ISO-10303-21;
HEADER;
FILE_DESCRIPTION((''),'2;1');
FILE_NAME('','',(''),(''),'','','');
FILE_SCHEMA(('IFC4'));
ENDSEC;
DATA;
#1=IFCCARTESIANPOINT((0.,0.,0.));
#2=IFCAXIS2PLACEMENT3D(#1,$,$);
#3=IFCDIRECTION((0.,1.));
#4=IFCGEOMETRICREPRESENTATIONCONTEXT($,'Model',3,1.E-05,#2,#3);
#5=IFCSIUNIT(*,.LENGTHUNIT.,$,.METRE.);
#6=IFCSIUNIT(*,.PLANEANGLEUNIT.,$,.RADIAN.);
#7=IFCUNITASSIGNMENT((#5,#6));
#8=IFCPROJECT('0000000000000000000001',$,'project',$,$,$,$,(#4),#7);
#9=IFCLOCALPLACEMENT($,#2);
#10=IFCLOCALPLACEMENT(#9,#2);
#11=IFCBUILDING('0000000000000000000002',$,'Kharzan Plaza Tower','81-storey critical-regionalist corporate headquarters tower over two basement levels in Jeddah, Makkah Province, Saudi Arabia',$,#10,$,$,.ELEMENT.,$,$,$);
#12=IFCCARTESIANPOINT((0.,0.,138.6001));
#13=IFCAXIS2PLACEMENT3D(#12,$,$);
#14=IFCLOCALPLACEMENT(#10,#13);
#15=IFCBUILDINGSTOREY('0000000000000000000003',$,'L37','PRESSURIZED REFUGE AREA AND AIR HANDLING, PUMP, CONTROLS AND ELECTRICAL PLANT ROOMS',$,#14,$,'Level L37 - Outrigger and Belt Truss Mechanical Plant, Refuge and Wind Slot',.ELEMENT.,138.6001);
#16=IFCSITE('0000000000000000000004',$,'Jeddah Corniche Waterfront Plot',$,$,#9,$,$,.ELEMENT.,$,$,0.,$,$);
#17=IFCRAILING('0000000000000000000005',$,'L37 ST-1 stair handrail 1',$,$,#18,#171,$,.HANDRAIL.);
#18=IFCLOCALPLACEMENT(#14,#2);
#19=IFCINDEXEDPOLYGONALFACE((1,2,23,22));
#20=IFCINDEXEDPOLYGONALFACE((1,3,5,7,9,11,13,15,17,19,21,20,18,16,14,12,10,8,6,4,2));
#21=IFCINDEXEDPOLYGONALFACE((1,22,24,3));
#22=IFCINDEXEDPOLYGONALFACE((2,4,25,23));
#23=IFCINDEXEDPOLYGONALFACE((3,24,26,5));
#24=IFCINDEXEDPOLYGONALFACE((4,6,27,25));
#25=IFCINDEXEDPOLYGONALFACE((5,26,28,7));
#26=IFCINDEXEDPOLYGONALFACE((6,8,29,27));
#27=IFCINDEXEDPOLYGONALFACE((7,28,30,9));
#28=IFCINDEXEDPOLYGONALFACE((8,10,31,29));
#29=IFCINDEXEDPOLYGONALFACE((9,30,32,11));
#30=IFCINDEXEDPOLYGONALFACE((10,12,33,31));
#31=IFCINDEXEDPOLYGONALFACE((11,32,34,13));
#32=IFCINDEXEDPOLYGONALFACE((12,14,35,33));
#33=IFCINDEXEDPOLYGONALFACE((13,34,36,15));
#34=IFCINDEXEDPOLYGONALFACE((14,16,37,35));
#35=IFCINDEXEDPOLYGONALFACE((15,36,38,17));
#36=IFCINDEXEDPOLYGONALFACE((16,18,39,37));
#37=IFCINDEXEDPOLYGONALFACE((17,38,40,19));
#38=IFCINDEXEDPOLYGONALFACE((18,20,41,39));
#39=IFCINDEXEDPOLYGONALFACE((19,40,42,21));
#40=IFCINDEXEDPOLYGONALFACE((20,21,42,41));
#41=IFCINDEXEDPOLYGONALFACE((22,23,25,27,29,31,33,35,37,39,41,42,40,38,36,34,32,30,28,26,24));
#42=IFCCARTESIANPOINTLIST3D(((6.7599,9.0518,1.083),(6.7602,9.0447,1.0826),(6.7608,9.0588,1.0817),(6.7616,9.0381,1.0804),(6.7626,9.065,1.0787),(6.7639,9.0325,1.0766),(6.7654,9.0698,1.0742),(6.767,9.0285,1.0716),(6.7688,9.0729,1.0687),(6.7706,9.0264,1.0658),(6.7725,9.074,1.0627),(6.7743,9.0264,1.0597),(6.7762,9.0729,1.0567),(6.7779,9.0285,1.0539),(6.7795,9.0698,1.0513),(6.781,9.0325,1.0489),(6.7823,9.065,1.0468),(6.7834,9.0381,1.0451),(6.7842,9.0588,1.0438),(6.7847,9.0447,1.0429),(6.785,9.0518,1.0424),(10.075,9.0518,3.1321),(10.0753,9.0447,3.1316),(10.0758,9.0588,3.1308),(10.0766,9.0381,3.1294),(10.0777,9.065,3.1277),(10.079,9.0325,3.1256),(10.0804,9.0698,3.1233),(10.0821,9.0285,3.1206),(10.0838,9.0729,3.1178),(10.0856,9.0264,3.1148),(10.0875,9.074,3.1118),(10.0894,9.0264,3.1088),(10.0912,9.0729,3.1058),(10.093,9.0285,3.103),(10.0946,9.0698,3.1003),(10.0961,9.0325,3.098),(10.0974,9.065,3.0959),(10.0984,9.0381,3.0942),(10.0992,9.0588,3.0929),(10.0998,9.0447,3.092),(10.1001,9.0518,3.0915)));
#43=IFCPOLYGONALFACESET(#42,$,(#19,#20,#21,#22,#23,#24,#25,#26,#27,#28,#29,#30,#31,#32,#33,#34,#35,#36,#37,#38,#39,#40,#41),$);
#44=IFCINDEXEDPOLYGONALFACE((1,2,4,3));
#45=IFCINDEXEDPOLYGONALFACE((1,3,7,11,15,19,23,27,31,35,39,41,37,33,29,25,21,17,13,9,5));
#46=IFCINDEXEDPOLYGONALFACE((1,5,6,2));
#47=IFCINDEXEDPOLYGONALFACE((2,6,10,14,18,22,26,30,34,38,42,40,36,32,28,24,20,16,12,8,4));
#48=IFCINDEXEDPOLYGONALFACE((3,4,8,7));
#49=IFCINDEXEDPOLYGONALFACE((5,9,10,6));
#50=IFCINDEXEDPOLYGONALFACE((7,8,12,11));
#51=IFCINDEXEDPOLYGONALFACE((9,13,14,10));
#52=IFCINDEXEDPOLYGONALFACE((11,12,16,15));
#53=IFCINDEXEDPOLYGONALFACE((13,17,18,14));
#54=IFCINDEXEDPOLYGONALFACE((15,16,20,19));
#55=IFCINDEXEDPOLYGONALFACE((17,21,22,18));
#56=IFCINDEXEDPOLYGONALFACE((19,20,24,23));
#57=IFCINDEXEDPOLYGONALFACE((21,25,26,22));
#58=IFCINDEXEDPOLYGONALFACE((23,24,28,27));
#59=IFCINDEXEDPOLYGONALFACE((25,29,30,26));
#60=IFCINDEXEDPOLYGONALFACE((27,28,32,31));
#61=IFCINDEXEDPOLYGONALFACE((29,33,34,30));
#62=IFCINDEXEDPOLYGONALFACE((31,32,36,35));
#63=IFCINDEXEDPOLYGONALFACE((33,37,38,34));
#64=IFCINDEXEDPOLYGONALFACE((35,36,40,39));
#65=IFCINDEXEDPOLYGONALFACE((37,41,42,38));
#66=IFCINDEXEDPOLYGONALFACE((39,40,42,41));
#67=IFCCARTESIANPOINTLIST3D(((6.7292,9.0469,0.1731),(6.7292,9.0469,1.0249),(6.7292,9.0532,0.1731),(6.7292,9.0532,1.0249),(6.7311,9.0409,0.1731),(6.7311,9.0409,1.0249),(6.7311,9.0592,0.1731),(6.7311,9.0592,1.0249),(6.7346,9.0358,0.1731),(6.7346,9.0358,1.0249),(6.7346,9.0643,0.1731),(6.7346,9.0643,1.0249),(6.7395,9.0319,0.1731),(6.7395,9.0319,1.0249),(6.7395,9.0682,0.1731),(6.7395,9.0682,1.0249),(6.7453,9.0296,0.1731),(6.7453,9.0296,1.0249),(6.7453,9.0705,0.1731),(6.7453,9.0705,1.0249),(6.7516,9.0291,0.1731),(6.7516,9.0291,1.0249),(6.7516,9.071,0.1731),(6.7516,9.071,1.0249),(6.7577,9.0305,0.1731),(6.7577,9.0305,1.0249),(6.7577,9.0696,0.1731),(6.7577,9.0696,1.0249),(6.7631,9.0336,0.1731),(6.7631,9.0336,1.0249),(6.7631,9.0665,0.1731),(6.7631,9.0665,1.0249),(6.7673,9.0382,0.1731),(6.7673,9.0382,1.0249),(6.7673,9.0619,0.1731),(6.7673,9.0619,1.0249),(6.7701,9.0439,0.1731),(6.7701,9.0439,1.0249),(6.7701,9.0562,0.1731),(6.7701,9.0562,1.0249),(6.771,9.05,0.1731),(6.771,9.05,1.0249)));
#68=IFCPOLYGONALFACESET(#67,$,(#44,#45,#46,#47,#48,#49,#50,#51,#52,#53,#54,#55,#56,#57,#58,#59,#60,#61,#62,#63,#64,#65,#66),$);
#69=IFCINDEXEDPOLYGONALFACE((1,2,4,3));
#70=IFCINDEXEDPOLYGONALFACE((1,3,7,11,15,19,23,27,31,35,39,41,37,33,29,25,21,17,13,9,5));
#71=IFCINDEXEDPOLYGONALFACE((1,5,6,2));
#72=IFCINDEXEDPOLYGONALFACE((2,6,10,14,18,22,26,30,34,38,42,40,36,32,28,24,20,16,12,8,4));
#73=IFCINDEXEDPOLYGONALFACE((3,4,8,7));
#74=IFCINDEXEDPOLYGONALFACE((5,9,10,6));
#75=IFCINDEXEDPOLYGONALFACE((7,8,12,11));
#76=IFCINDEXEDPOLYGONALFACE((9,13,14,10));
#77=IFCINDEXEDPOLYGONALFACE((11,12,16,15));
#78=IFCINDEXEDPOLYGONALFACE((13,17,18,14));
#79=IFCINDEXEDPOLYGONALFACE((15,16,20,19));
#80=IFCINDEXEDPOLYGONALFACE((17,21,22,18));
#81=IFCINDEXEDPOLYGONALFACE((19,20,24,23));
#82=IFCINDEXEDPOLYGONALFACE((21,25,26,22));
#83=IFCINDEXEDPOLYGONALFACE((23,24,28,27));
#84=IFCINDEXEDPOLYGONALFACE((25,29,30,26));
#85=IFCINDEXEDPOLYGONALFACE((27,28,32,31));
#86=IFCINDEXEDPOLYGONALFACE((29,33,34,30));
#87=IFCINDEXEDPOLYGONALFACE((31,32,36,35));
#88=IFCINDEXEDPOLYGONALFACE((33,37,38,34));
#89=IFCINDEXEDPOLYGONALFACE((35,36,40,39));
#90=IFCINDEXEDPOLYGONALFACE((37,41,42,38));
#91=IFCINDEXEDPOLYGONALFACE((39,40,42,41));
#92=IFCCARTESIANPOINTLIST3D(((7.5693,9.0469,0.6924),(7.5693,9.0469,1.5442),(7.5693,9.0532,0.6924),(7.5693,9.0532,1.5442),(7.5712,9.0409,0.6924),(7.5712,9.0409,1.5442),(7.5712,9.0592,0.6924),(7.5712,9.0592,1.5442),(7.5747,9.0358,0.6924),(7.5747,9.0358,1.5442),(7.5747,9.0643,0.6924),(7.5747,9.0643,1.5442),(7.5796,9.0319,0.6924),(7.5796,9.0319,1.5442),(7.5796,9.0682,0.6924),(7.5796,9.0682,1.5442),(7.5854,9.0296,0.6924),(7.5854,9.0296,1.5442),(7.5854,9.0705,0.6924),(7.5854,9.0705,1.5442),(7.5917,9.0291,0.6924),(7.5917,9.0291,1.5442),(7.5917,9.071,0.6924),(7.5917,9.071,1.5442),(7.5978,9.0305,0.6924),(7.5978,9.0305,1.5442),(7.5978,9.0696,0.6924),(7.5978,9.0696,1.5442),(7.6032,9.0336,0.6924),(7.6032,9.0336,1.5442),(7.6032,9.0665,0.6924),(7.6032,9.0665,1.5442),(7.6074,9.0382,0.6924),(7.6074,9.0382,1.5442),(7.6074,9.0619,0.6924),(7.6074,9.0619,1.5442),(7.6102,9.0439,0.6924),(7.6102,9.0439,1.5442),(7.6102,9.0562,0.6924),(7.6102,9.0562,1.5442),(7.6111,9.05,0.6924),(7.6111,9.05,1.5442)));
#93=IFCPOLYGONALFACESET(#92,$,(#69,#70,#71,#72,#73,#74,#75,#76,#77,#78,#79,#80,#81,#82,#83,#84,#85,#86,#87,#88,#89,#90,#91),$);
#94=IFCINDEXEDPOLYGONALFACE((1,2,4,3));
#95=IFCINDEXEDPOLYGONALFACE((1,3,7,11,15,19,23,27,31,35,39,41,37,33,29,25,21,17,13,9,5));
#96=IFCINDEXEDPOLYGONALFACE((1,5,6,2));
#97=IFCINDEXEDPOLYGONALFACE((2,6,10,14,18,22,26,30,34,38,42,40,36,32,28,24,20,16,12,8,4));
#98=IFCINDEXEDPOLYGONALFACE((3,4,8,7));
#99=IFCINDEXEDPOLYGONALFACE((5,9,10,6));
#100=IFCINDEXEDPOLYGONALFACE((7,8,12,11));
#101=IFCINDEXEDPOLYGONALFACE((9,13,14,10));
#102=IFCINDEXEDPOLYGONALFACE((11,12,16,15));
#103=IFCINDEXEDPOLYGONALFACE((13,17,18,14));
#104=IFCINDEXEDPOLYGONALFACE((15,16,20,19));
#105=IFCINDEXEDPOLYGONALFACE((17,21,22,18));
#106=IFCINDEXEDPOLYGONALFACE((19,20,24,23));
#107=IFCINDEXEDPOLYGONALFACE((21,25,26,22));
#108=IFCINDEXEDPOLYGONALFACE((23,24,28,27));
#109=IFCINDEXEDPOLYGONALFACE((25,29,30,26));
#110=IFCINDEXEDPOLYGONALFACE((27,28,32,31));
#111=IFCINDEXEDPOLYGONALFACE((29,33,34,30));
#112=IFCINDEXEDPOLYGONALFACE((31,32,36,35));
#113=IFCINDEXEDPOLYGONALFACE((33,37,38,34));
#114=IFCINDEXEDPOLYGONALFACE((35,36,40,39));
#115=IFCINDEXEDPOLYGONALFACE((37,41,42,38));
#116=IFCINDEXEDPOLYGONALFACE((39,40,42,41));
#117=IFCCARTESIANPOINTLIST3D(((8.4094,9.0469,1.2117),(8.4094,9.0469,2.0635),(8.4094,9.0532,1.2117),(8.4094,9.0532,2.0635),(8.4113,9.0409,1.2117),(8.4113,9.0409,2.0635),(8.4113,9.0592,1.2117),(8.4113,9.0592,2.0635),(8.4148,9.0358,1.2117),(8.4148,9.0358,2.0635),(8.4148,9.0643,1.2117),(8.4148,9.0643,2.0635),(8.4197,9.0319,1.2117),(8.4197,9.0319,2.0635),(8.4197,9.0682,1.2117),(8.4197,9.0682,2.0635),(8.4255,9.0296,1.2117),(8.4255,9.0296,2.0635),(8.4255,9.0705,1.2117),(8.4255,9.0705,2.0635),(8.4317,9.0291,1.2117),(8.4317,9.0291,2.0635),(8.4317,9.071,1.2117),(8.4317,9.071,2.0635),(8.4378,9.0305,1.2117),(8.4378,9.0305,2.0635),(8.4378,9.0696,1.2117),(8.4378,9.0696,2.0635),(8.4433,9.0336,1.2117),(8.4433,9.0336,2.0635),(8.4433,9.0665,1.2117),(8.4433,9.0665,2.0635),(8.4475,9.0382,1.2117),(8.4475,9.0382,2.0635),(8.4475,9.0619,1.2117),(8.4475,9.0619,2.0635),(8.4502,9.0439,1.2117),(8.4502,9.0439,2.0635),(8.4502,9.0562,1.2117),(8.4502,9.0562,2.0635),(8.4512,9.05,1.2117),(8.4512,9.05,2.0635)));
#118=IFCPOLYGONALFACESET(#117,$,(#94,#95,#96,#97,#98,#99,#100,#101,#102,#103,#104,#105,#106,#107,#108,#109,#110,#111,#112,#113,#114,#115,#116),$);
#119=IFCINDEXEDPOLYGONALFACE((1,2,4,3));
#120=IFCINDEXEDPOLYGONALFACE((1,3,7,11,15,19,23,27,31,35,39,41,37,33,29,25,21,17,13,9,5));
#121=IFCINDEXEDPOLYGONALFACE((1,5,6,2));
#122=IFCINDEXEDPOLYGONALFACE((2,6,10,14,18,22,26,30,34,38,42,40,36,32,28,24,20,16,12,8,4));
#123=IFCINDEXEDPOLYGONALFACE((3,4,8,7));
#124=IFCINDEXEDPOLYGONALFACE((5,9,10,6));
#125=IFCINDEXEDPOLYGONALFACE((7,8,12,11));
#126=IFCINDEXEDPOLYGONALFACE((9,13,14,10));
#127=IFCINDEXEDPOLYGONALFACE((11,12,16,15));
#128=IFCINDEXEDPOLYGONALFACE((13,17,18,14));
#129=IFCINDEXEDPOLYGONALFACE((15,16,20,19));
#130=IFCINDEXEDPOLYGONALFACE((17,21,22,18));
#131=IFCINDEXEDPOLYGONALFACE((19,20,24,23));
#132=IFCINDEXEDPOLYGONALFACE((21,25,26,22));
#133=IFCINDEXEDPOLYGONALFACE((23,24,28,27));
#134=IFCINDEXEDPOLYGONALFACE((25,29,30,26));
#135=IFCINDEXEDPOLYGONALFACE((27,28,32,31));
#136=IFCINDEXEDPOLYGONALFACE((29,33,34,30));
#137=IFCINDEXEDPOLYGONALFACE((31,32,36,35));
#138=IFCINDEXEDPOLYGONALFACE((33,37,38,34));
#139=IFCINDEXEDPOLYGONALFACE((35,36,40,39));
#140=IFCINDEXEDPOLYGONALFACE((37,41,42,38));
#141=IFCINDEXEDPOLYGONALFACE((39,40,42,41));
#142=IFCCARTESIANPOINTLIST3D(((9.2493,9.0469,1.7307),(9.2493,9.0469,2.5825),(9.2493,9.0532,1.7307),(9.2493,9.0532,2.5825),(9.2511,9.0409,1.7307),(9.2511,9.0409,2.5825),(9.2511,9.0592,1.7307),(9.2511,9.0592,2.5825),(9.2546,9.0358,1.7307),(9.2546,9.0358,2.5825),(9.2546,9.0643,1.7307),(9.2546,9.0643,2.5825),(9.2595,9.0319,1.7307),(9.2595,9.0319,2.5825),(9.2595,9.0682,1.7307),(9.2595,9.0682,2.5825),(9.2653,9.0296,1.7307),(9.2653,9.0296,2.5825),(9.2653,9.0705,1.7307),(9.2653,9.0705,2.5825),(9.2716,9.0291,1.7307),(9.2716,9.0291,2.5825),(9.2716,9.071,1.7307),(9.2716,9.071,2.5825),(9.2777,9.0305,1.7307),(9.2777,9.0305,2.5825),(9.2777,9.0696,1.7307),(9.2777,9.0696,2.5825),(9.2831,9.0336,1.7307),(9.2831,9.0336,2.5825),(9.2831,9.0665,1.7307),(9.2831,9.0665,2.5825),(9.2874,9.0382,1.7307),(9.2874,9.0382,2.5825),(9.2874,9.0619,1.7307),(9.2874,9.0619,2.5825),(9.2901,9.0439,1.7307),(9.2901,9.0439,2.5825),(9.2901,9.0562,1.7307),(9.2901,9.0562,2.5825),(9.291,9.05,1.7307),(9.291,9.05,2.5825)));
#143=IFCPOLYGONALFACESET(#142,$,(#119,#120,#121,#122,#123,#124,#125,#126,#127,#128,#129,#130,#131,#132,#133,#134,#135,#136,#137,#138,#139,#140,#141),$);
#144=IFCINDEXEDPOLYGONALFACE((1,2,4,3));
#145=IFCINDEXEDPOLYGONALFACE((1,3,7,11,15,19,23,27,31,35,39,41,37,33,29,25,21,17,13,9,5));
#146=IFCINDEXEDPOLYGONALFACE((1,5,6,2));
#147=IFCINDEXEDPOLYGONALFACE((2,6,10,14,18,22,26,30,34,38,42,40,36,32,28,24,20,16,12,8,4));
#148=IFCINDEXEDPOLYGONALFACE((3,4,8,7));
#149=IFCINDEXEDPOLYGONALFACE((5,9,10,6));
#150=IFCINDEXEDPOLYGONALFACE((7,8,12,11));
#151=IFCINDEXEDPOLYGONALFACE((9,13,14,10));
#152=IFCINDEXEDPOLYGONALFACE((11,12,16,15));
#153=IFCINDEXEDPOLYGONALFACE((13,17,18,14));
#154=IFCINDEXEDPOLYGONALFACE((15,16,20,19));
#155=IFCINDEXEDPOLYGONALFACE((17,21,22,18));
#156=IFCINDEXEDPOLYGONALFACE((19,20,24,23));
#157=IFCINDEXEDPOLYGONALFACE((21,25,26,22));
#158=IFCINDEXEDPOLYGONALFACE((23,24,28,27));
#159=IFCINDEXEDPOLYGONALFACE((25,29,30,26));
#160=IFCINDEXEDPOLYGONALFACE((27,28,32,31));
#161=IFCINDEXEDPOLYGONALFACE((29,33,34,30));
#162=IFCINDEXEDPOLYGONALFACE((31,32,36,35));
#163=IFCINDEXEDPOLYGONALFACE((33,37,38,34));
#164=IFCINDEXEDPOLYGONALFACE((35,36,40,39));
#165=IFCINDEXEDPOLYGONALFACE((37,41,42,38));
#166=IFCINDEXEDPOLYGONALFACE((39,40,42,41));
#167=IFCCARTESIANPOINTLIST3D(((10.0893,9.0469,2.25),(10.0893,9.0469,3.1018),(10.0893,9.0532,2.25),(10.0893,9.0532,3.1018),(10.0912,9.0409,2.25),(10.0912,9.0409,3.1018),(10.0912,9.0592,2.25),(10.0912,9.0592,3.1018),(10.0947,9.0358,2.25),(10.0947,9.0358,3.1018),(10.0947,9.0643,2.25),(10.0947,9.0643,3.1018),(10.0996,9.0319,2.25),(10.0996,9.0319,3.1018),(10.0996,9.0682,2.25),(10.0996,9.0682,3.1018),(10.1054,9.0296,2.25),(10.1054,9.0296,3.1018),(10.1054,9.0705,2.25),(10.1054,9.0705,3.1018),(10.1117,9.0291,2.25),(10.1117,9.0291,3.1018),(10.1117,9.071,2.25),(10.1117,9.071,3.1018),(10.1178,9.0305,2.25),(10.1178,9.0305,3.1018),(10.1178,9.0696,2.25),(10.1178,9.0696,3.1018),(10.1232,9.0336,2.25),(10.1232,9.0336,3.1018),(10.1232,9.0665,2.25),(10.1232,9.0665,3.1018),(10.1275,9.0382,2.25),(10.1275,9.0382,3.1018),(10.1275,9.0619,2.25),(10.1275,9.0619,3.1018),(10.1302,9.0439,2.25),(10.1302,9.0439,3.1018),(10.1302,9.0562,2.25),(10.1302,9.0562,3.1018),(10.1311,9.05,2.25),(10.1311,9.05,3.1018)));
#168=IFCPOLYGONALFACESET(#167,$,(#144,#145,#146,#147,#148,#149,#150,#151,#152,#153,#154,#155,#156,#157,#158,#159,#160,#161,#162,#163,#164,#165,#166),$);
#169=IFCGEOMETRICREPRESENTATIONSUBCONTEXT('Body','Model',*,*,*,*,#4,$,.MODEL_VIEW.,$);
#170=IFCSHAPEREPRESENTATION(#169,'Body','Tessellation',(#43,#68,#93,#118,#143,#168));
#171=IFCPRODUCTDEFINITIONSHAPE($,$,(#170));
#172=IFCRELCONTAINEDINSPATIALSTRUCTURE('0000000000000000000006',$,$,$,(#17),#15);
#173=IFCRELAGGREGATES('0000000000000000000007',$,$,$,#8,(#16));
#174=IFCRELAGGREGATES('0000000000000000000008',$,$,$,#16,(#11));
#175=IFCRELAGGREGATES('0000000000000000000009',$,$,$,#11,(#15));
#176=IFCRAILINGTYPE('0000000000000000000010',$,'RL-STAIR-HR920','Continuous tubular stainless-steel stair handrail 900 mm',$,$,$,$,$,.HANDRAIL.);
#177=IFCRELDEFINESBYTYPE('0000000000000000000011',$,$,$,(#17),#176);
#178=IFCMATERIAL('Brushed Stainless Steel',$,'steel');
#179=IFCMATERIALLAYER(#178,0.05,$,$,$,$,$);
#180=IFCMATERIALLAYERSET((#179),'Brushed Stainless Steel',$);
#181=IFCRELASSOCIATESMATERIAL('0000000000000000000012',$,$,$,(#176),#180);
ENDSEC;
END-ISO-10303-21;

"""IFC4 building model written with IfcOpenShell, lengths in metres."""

from ifc_helpers import new_model, si_unit, direction, frame, origin, origin_2d, place, context, subcontext, project, spatial, circle, extrude, source, transform, mapped, material, layer, layer_set, type_object, element, save


model = new_model("IFC4")

# Units and contexts
model_context = context("Model", 3, precision=1e-05, world=origin(), true_north=direction((0.0, 1.0)))
body_context = subcontext(model_context, "Body", "Model", "MODEL_VIEW")
ifc_project = project(units=[si_unit("LENGTHUNIT", "METRE"), si_unit("PLANEANGLEUNIT", "RADIAN")], contexts=[model_context])

# Site, building, storey
site_placement = place(None, origin())
site = spatial("IfcSite", under=ifc_project, at=site_placement, Name="Jeddah Corniche Waterfront Plot", CompositionType="ELEMENT", RefElevation=0.0)
building_placement = place(site_placement, origin())
building = spatial("IfcBuilding", under=site, at=building_placement, Name="Kharzan Plaza Tower", Description="81-storey critical-regionalist corporate headquarters tower over two basement levels in Jeddah, Makkah Province, Saudi Arabia", CompositionType="ELEMENT")
storey_placement = place(building_placement, frame((0.0, 0.0, 138.6001)))
storey = spatial("IfcBuildingStorey", under=building, at=storey_placement, Name="L37", Description="PRESSURIZED REFUGE AREA AND AIR HANDLING, PUMP, CONTROLS AND ELECTRICAL PLANT ROOMS", LongName="Level L37 - Outrigger and Belt Truss Mechanical Plant, Refuge and Wind Slot", CompositionType="ELEMENT", Elevation=138.6001)

# Railing
ifc_material_1 = material(Name="Brushed Stainless Steel", Category="steel")
ifc_layer_1 = layer(ifc_material_1, 0.05)
ifc_layer_set_1 = layer_set([ifc_layer_1], Name="Brushed Stainless Steel")
railing_type = type_object("IfcRailingType", Name="RL-STAIR-HR920", Description="Continuous tubular stainless-steel stair handrail 900 mm", PredefinedType="HANDRAIL", material=ifc_layer_set_1)
shared_shape_1 = source(origin(), body_context, "Body", "SweptSolid", [
    extrude(circle(Radius=0.0239, at=origin_2d()), frame((0.0225, 0.0, 0.8896), z_axis=(0.850623, 0.0, 0.525776), x_axis=(0.0, 1.0, 0.0)), (0.0, 0.0, 1.0), 3.8972),
    extrude(circle(Radius=0.021, at=origin_2d()), origin(), (0.0, 0.0, 1.0), 0.8518),
    extrude(circle(Radius=0.021, at=origin_2d()), frame((0.8401, 0.0, 0.5193)), (0.0, 0.0, 1.0), 0.8518),
    extrude(circle(Radius=0.021, at=origin_2d()), frame((1.6802, 0.0, 1.0386)), (0.0, 0.0, 1.0), 0.8518),
    extrude(circle(Radius=0.021, at=origin_2d()), frame((2.52, 0.0, 1.5576)), (0.0, 0.0, 1.0), 0.8518),
    extrude(circle(Radius=0.021, at=origin_2d()), frame((3.3601, 0.0, 2.0769)), (0.0, 0.0, 1.0), 0.8518),
])
railing_placement = place(storey_placement, frame((6.75, 9.05, 0.1731)))
element("IfcRailing", 1, at=railing_placement, inside=storey, type_object=railing_type, Name="L37 ST-1 stair handrail 1", PredefinedType="HANDRAIL", context=body_context, shape_type="MappedRepresentation", body=[
    mapped(shared_shape_1, transform((0.0, 0.0, 0.0), x_axis=(1.0, 0.0, 0.0), y_axis=(0.0, 1.0, 0.0), z_axis=(0.0, 0.0, 1.0))),
])

save(model, "model.ifc")
